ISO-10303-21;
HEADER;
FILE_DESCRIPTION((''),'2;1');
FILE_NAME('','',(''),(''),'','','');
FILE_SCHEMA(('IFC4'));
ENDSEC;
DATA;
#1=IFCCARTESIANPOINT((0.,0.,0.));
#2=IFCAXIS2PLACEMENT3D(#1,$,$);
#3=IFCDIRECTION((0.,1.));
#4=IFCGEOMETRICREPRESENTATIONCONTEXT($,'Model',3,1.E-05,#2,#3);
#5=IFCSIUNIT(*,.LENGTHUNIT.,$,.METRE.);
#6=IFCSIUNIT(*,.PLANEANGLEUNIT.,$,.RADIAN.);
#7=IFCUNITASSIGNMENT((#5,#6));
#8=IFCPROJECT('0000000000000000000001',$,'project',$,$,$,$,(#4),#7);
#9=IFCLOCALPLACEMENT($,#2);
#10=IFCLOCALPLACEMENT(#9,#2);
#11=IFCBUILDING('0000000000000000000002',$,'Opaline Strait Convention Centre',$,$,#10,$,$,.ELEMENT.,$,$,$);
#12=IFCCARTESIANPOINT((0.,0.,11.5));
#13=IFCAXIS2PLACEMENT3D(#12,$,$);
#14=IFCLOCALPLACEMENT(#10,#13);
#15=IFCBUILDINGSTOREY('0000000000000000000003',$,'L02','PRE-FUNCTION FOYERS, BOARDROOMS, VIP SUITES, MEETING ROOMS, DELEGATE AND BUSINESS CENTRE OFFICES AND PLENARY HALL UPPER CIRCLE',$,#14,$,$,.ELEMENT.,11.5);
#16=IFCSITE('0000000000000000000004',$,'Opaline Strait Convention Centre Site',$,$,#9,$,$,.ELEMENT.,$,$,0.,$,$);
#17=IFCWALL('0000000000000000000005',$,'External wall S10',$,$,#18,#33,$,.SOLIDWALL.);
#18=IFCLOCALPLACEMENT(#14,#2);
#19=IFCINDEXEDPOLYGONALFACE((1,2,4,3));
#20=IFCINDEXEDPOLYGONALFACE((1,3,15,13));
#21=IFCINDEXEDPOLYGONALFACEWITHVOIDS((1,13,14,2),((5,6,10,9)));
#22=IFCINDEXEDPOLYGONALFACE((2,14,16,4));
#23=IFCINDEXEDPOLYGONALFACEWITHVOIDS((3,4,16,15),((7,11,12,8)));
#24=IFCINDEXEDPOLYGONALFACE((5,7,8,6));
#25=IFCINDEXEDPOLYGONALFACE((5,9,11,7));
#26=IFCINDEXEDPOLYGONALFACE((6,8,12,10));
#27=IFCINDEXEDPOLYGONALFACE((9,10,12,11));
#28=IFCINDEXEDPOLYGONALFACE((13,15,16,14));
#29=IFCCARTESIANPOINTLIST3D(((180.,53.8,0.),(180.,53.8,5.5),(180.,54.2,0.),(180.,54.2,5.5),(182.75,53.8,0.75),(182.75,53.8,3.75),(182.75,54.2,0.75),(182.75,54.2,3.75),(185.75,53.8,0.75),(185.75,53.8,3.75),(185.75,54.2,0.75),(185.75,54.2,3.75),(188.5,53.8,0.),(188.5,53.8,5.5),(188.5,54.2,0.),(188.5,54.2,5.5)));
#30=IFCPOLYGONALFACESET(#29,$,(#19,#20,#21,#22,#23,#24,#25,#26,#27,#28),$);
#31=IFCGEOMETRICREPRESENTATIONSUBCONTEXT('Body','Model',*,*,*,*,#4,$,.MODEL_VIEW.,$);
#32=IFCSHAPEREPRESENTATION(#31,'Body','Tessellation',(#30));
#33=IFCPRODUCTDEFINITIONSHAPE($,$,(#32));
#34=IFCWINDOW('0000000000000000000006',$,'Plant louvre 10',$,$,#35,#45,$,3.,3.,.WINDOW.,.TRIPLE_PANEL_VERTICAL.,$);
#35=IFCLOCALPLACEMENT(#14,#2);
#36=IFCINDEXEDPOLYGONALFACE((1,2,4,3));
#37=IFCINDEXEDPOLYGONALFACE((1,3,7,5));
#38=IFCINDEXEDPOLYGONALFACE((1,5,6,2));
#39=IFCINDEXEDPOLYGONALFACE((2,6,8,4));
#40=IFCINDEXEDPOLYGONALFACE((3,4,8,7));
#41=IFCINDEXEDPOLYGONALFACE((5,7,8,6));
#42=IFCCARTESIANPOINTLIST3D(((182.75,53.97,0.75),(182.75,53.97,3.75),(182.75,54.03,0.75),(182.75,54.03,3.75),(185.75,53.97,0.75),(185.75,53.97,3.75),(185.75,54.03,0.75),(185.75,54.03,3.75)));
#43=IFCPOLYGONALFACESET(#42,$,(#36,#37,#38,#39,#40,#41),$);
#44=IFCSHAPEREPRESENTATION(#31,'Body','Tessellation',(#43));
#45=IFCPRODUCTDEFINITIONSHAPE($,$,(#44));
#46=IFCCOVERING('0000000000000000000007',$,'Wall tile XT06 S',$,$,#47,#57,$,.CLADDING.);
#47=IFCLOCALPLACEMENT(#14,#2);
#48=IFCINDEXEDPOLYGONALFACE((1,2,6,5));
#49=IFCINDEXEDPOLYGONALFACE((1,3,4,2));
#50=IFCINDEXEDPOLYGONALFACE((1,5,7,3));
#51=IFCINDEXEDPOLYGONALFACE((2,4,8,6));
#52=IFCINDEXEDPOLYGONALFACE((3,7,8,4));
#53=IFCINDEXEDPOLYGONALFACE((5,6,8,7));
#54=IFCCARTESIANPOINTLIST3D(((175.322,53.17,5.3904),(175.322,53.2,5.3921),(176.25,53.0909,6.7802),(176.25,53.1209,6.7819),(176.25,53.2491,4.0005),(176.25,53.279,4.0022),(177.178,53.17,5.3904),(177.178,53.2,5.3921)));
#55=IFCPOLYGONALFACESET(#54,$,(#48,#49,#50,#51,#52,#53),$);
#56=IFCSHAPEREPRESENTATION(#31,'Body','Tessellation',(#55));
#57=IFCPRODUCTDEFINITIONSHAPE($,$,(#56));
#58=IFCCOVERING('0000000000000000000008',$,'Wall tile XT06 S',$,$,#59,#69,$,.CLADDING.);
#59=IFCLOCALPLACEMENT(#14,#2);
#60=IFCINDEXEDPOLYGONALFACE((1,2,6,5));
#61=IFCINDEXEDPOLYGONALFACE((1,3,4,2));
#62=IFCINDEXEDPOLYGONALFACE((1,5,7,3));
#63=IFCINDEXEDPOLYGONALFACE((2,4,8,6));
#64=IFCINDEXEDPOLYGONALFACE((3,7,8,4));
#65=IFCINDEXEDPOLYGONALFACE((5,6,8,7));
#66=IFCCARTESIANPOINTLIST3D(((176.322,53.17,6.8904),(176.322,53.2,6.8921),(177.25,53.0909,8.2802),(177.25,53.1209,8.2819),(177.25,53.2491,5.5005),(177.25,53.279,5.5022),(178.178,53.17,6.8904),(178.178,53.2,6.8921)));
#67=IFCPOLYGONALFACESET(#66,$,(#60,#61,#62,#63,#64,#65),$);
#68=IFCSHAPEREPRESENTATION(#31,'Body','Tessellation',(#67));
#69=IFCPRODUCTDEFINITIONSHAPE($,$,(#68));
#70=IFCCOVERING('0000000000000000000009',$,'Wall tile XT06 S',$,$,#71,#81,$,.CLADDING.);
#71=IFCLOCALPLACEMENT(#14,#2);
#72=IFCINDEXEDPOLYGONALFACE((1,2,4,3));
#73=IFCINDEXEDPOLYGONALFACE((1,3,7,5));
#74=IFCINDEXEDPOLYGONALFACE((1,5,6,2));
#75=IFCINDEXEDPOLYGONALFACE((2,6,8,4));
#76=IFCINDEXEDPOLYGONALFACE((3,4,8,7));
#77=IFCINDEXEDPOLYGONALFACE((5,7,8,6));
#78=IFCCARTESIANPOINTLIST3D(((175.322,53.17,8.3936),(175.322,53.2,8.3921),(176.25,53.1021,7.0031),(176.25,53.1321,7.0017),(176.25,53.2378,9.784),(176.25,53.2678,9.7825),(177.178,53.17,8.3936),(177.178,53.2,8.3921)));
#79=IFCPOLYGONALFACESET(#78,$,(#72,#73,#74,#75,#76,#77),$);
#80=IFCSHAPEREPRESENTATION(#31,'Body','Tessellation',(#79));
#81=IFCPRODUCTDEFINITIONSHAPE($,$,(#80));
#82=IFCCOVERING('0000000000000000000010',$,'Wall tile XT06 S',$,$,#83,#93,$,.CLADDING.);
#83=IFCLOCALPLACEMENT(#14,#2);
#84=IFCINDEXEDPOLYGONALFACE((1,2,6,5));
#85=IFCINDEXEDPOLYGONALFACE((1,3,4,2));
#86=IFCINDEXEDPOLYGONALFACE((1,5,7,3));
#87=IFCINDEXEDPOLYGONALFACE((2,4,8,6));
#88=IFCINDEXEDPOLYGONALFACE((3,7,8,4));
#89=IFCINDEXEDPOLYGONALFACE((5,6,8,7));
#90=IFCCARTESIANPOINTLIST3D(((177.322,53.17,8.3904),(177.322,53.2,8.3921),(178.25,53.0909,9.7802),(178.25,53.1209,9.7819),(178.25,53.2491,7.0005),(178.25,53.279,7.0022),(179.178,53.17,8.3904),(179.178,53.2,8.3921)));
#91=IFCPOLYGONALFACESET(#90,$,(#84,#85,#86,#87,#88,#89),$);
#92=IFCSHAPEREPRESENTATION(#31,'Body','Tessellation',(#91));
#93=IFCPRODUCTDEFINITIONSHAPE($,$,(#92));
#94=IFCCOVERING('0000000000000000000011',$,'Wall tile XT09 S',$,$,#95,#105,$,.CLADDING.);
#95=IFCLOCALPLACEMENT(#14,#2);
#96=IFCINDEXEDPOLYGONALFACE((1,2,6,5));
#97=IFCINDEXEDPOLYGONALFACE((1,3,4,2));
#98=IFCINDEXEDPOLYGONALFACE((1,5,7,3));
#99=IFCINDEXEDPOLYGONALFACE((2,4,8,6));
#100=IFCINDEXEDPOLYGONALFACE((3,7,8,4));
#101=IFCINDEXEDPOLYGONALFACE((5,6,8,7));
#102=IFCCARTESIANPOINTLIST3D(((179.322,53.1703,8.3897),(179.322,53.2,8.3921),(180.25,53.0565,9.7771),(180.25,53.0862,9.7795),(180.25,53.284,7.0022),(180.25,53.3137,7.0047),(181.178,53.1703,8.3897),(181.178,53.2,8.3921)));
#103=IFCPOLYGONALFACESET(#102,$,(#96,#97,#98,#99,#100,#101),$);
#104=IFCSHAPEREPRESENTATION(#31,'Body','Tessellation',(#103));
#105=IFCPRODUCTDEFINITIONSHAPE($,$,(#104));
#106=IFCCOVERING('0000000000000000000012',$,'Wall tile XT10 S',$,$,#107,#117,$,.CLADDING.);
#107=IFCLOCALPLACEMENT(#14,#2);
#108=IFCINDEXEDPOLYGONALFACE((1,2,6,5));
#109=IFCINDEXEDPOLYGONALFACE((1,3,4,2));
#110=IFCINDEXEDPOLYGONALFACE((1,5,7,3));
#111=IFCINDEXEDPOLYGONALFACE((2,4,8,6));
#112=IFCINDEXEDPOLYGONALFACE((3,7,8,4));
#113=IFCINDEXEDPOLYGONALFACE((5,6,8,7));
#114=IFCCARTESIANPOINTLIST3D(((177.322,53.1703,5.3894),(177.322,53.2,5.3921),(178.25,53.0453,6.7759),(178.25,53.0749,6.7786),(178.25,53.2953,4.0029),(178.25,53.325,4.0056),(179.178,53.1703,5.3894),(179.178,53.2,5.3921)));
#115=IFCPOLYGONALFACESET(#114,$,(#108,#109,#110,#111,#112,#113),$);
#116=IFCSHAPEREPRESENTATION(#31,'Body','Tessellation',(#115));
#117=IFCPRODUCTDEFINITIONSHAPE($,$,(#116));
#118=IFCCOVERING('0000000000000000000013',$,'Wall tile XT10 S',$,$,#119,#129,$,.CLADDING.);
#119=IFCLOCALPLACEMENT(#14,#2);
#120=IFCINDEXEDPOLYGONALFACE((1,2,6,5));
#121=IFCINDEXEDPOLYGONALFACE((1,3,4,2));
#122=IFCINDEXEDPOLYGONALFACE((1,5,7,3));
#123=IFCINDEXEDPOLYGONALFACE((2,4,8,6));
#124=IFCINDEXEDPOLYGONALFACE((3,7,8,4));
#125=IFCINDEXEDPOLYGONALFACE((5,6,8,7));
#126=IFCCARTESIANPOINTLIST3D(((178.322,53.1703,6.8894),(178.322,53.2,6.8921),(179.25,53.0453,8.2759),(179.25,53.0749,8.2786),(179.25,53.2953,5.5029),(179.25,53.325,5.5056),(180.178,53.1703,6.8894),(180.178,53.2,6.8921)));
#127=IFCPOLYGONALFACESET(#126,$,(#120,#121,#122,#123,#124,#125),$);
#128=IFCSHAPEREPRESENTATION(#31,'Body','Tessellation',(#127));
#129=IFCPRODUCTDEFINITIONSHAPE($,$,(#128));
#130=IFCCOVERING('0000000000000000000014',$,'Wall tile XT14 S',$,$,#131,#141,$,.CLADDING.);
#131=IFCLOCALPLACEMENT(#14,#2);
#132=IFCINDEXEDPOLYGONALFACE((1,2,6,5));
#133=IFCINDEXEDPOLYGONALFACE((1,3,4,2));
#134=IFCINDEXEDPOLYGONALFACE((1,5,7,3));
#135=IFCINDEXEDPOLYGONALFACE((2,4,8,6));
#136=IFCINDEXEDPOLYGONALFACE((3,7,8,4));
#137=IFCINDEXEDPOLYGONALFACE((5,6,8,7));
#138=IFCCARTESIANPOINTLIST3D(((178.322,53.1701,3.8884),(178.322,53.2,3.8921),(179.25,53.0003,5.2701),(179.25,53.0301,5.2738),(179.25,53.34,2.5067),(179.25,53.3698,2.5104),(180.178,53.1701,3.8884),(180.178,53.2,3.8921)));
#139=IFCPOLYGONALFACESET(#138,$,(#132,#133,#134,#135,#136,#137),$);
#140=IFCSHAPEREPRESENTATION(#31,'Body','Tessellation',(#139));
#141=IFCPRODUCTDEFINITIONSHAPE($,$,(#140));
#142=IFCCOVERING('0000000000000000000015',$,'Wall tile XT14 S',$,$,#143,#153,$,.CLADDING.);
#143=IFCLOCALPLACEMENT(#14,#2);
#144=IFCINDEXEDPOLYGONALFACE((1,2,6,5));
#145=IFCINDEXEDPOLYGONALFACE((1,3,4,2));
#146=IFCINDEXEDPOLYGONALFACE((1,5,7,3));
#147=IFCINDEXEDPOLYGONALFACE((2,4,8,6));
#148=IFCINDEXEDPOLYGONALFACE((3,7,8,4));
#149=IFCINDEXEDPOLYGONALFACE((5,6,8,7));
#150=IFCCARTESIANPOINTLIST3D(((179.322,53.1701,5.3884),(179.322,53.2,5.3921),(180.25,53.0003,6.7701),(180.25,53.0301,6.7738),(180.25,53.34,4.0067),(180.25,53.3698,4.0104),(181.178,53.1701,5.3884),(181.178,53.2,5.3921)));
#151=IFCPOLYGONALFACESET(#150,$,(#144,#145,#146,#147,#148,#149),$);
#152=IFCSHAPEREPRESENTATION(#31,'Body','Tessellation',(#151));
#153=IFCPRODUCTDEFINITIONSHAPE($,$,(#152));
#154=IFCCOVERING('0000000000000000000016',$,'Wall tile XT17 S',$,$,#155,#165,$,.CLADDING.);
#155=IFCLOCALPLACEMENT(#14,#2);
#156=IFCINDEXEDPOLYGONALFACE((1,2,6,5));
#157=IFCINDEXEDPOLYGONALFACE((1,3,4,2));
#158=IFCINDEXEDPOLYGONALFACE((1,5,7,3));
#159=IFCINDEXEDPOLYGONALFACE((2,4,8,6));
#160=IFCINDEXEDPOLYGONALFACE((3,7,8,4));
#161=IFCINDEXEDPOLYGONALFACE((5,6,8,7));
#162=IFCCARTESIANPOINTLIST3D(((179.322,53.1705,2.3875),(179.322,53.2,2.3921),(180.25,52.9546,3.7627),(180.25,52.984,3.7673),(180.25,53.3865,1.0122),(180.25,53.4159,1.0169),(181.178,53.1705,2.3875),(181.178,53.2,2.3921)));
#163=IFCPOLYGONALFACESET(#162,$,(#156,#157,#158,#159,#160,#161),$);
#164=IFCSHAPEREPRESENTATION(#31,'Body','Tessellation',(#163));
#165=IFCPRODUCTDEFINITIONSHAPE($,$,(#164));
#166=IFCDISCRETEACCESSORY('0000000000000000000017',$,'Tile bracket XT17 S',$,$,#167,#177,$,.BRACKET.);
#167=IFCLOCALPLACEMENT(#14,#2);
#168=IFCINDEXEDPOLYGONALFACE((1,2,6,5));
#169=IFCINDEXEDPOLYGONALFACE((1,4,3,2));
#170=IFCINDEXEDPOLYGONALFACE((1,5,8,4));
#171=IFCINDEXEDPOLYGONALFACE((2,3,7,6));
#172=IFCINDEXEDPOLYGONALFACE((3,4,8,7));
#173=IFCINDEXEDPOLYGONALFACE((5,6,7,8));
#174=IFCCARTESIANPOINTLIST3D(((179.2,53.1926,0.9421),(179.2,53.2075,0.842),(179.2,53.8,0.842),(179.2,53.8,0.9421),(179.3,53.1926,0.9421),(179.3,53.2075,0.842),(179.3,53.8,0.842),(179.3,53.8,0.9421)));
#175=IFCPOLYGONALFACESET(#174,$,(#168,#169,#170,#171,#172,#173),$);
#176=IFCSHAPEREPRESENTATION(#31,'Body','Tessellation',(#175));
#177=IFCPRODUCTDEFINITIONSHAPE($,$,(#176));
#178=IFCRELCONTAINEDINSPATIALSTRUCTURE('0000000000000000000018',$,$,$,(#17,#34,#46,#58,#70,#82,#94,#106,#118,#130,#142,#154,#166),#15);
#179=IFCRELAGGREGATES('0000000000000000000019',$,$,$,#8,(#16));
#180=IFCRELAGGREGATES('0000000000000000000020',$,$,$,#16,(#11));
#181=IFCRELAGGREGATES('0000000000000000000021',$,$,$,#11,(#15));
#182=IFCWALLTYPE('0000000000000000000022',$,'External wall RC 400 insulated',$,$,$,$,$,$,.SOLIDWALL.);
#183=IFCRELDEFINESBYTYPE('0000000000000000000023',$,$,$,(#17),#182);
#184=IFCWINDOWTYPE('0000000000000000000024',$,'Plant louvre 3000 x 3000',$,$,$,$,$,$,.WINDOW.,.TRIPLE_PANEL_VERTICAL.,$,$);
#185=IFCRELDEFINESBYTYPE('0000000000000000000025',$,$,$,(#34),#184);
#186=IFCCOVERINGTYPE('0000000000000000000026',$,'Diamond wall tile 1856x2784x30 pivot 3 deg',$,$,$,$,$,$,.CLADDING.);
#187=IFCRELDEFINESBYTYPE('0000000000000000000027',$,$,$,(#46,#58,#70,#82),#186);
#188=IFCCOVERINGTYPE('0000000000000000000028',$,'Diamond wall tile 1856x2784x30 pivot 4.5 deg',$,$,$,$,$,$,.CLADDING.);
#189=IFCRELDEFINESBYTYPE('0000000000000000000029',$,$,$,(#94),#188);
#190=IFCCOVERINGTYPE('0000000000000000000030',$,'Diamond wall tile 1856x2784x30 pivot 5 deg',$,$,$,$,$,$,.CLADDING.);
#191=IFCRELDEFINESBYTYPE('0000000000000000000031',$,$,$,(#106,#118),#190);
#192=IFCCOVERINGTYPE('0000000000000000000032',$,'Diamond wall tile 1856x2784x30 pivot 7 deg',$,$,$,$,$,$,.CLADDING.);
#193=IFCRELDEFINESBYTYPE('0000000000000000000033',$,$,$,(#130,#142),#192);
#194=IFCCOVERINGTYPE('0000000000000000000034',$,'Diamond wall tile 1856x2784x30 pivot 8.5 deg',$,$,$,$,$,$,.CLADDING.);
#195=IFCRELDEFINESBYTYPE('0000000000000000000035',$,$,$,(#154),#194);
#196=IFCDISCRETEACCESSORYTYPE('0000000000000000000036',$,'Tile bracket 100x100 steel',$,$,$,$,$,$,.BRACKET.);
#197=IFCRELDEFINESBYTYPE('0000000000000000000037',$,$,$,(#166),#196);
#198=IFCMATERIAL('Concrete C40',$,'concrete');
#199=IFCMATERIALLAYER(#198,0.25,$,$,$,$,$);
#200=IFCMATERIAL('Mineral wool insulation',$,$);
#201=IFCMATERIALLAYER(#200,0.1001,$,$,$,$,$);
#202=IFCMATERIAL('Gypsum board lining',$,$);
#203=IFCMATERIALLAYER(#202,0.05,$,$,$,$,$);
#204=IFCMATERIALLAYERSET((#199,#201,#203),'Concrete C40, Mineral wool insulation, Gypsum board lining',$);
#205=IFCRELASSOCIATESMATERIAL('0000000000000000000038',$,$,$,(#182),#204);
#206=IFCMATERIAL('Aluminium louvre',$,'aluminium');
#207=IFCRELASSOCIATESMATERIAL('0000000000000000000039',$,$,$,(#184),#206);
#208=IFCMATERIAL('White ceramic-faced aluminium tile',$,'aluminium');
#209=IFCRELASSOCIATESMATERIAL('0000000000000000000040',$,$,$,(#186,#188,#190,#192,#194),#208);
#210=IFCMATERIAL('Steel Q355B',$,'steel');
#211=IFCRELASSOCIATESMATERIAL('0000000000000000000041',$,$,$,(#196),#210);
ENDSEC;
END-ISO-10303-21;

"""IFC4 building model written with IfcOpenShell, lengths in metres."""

from ifc_helpers import new_model, si_unit, direction, frame, frame_2d, origin, place, context, subcontext, project, spatial, polyline, rectangle, outline, extrude, material, layer, layer_set, material_profile, profile_set, type_object, element, fill, save


model = new_model("IFC4")

# Units and contexts
model_context = context("Model", 3, precision=1e-05, world=origin(), true_north=direction((0.0, 1.0)))
body_context = subcontext(model_context, "Body", "Model", "MODEL_VIEW")
ifc_project = project(units=[si_unit("LENGTHUNIT", "METRE"), si_unit("PLANEANGLEUNIT", "RADIAN")], contexts=[model_context])

# Site, building, storey
site_placement = place(None, origin())
site = spatial("IfcSite", under=ifc_project, at=site_placement, Name="Opaline Strait Convention Centre Site", CompositionType="ELEMENT", RefElevation=0.0)
building_placement = place(site_placement, origin())
building = spatial("IfcBuilding", under=site, at=building_placement, Name="Opaline Strait Convention Centre", CompositionType="ELEMENT")
storey_placement = place(building_placement, frame((0.0, 0.0, 11.5)))
storey = spatial("IfcBuildingStorey", under=building, at=storey_placement, Name="L02", Description="PRE-FUNCTION FOYERS, BOARDROOMS, VIP SUITES, MEETING ROOMS, DELEGATE AND BUSINESS CENTRE OFFICES AND PLENARY HALL UPPER CIRCLE", CompositionType="ELEMENT", Elevation=11.5)

# Wall, opening, window
ifc_material_1 = material(Name="Concrete C40", Category="concrete")
ifc_layer_1 = layer(ifc_material_1, 0.25)
ifc_material_2 = material(Name="Mineral wool insulation")
ifc_layer_2 = layer(ifc_material_2, 0.1001)
ifc_material_3 = material(Name="Gypsum board lining")
ifc_layer_3 = layer(ifc_material_3, 0.05)
ifc_layer_set = layer_set([ifc_layer_1, ifc_layer_2, ifc_layer_3], Name="Concrete C40, Mineral wool insulation, Gypsum board lining")
wall_type = type_object("IfcWallType", Name="External wall RC 400 insulated", PredefinedType="SOLIDWALL", material=ifc_layer_set)
wall_placement = place(storey_placement, frame((180.0, 54.0, 0.0), z_axis=(0.0, 0.0, 1.0), x_axis=(1.0, 0.0, 0.0)))
wall = element("IfcWall", 1, at=wall_placement, inside=storey, type_object=wall_type, Name="External wall S10", PredefinedType="SOLIDWALL", context=body_context, shape_type="SweptSolid", body=[
    extrude(rectangle(XDim=8.5, YDim=0.3999, at=frame_2d((4.25, 0.0))), origin(), (0.0, 0.0, 1.0), 5.5),
])
opening_placement = place(wall_placement, frame((2.75, 0.0, 0.75)))
opening = element("IfcOpeningElement", 2, at=opening_placement, cuts=wall, PredefinedType="OPENING", context=body_context, shape_type="SweptSolid", body=[
    extrude(rectangle(XDim=3.0, YDim=3.0, at=frame_2d((1.5, 1.5))), frame((0.0, 0.21, 0.0), z_axis=(0.0, -1.0, 0.0), x_axis=(1.0, 0.0, 0.0)), (0.0, 0.0, 1.0), 0.4199),
])
ifc_material_4 = material(Name="Aluminium louvre", Category="aluminium")
window_type = type_object("IfcWindowType", Name="Plant louvre 3000 x 3000", PartitioningType="TRIPLE_PANEL_VERTICAL", PredefinedType="WINDOW", material=ifc_material_4)
window_placement = place(opening_placement, origin())
window = element("IfcWindow", 3, at=window_placement, inside=storey, type_object=window_type, Name="Plant louvre 10", OverallHeight=3.0, OverallWidth=3.0, PartitioningType="TRIPLE_PANEL_VERTICAL", PredefinedType="WINDOW", context=body_context, shape_type="SweptSolid", body=[
    extrude(rectangle(XDim=3.0, YDim=3.0, at=frame_2d((1.5, 1.5))), frame((0.0, 0.03, 0.0), z_axis=(0.0, -1.0, 0.0), x_axis=(1.0, 0.0, 0.0)), (0.0, 0.0, 1.0), 0.0601),
])
fill(opening, window)

# Coverings
ifc_material_5 = material(Name="White ceramic-faced aluminium tile", Category="aluminium")
ifc_material_profile_1 = material_profile(ifc_material_5, outline(polyline([(0.928, 0.0), (0.0, 1.3921), (-0.928, 0.0), (0.0, -1.3921), (0.928, 0.0)])), Name="Diamond tile 1856x2784")
ifc_profile_set_1 = profile_set([ifc_material_profile_1], Name="White ceramic-faced aluminium tile")
covering_type_1 = type_object("IfcCoveringType", Name="Diamond wall tile 1856x2784x30 pivot 3 deg", PredefinedType="CLADDING", material=ifc_profile_set_1)
for number, where, z_axis, x_axis, name in (
    (4, (176.25, 53.2, 5.3921), (0.0, -0.998385, -0.056819), (1.0, 0.0, 0.0), "Wall tile XT06 S"),
    (5, (177.25, 53.2, 6.8921), (0.0, -0.998385, -0.056819), (1.0, 0.0, 0.0), "Wall tile XT06 S"),
    (6, (176.25, 53.2, 8.3921), (0.0, -0.998812, 0.048723), (1.0, 0.0, 0.0), "Wall tile XT06 S"),
    (7, (178.25, 53.2, 8.3921), (0.0, -0.998385, -0.056819), (1.0, 0.0, 0.0), "Wall tile XT06 S"),
):
    element("IfcCovering", number, at=place(storey_placement, frame(where, z_axis=z_axis, x_axis=x_axis)), inside=storey, type_object=covering_type_1, Name=name, PredefinedType="CLADDING", context=body_context, shape_type="SweptSolid", body=[
        extrude(outline(polyline([(0.928, 0.0), (0.0, 1.3921), (-0.928, 0.0), (0.0, -1.3921), (0.928, 0.0)])), origin(), (0.0, 0.0, 1.0), 0.03),
    ])
ifc_material_profile_2 = material_profile(ifc_material_5, outline(polyline([(0.928, 0.0), (0.0, 1.3921), (-0.928, 0.0), (0.0, -1.3921), (0.928, 0.0)])), Name="Diamond tile 1856x2784")
ifc_profile_set_2 = profile_set([ifc_material_profile_2], Name="White ceramic-faced aluminium tile")
covering_type_2 = type_object("IfcCoveringType", Name="Diamond wall tile 1856x2784x30 pivot 4.5 deg", PredefinedType="CLADDING", material=ifc_profile_set_2)
covering_1_placement = place(storey_placement, frame((180.25, 53.2, 8.3921), z_axis=(0.0, -0.996658, -0.081693), x_axis=(1.0, 0.0, 0.0)))
element("IfcCovering", 8, at=covering_1_placement, inside=storey, type_object=covering_type_2, Name="Wall tile XT09 S", PredefinedType="CLADDING", context=body_context, shape_type="SweptSolid", body=[
    extrude(outline(polyline([(0.928, 0.0), (0.0, 1.3921), (-0.928, 0.0), (0.0, -1.3921), (0.928, 0.0)])), origin(), (0.0, 0.0, 1.0), 0.0298),
])
ifc_material_profile_3 = material_profile(ifc_material_5, outline(polyline([(0.928, 0.0), (0.0, 1.3921), (-0.928, 0.0), (0.0, -1.3921), (0.928, 0.0)])), Name="Diamond tile 1856x2784")
ifc_profile_set_3 = profile_set([ifc_material_profile_3], Name="White ceramic-faced aluminium tile")
covering_type_3 = type_object("IfcCoveringType", Name="Diamond wall tile 1856x2784x30 pivot 5 deg", PredefinedType="CLADDING", material=ifc_profile_set_3)
for number, where, z_axis, x_axis, name in (
    (9, (178.25, 53.2, 5.3921), (0.0, -0.99596, -0.0898), (1.0, 0.0, 0.0), "Wall tile XT10 S"),
    (10, (179.25, 53.2, 6.8921), (0.0, -0.99596, -0.0898), (1.0, 0.0, 0.0), "Wall tile XT10 S"),
):
    element("IfcCovering", number, at=place(storey_placement, frame(where, z_axis=z_axis, x_axis=x_axis)), inside=storey, type_object=covering_type_3, Name=name, PredefinedType="CLADDING", context=body_context, shape_type="SweptSolid", body=[
        extrude(outline(polyline([(0.928, 0.0), (0.0, 1.3921), (-0.928, 0.0), (0.0, -1.3921), (0.928, 0.0)])), origin(), (0.0, 0.0, 1.0), 0.0298),
    ])
ifc_material_profile_4 = material_profile(ifc_material_5, outline(polyline([(0.928, 0.0), (0.0, 1.3921), (-0.928, 0.0), (0.0, -1.3921), (0.928, 0.0)])), Name="Diamond tile 1856x2784")
ifc_profile_set_4 = profile_set([ifc_material_profile_4], Name="White ceramic-faced aluminium tile")
covering_type_4 = type_object("IfcCoveringType", Name="Diamond wall tile 1856x2784x30 pivot 7 deg", PredefinedType="CLADDING", material=ifc_profile_set_4)
for number, where, z_axis, x_axis, name in (
    (11, (179.25, 53.2, 3.8921), (0.0, -0.992526, -0.122032), (1.0, 0.0, 0.0), "Wall tile XT14 S"),
    (12, (180.25, 53.2, 5.3921), (0.0, -0.992526, -0.122032), (1.0, 0.0, 0.0), "Wall tile XT14 S"),
):
    element("IfcCovering", number, at=place(storey_placement, frame(where, z_axis=z_axis, x_axis=x_axis)), inside=storey, type_object=covering_type_4, Name=name, PredefinedType="CLADDING", context=body_context, shape_type="SweptSolid", body=[
        extrude(outline(polyline([(0.928, 0.0), (0.0, 1.3921), (-0.928, 0.0), (0.0, -1.3921), (0.928, 0.0)])), origin(), (0.0, 0.0, 1.0), 0.03),
    ])
ifc_material_profile_5 = material_profile(ifc_material_5, outline(polyline([(0.928, 0.0), (0.0, 1.3921), (-0.928, 0.0), (0.0, -1.3921), (0.928, 0.0)])), Name="Diamond tile 1856x2784")
ifc_profile_set_5 = profile_set([ifc_material_profile_5], Name="White ceramic-faced aluminium tile")
covering_type_5 = type_object("IfcCoveringType", Name="Diamond wall tile 1856x2784x30 pivot 8.5 deg", PredefinedType="CLADDING", material=ifc_profile_set_5)
covering_2_placement = place(storey_placement, frame((180.25, 53.2, 2.3921), z_axis=(0.0, -0.987895, -0.155124), x_axis=(1.0, 0.0, 0.0)))
element("IfcCovering", 13, at=covering_2_placement, inside=storey, type_object=covering_type_5, Name="Wall tile XT17 S", PredefinedType="CLADDING", context=body_context, shape_type="SweptSolid", body=[
    extrude(outline(polyline([(0.928, 0.0), (0.0, 1.3921), (-0.928, 0.0), (0.0, -1.3921), (0.928, 0.0)])), origin(), (0.0, 0.0, 1.0), 0.0298),
])

# Discrete accessory
ifc_material_6 = material(Name="Steel Q355B", Category="steel")
discrete_accessory_type = type_object("IfcDiscreteAccessoryType", Name="Tile bracket 100x100 steel", PredefinedType="BRACKET", material=ifc_material_6)
for number, where, z_axis, x_axis, name in (
    (14, (179.2, 53.8, 0.8921), (1.0, 0.0, 0.0), (0.0, 1.0, 0.0), "Tile bracket XT17 S"),
):
    element("IfcDiscreteAccessory", number, at=place(storey_placement, frame(where, z_axis=z_axis, x_axis=x_axis)), inside=storey, type_object=discrete_accessory_type, Name=name, PredefinedType="BRACKET", context=body_context, shape_type="SweptSolid", body=[
        extrude(outline(polyline([(0.0, -0.05), (0.0, 0.05), (-0.6074, 0.05), (-0.5925, -0.05), (0.0, -0.05)])), origin(), (0.0, 0.0, 1.0), 0.1001),
    ])

save(model, "model.ifc")
